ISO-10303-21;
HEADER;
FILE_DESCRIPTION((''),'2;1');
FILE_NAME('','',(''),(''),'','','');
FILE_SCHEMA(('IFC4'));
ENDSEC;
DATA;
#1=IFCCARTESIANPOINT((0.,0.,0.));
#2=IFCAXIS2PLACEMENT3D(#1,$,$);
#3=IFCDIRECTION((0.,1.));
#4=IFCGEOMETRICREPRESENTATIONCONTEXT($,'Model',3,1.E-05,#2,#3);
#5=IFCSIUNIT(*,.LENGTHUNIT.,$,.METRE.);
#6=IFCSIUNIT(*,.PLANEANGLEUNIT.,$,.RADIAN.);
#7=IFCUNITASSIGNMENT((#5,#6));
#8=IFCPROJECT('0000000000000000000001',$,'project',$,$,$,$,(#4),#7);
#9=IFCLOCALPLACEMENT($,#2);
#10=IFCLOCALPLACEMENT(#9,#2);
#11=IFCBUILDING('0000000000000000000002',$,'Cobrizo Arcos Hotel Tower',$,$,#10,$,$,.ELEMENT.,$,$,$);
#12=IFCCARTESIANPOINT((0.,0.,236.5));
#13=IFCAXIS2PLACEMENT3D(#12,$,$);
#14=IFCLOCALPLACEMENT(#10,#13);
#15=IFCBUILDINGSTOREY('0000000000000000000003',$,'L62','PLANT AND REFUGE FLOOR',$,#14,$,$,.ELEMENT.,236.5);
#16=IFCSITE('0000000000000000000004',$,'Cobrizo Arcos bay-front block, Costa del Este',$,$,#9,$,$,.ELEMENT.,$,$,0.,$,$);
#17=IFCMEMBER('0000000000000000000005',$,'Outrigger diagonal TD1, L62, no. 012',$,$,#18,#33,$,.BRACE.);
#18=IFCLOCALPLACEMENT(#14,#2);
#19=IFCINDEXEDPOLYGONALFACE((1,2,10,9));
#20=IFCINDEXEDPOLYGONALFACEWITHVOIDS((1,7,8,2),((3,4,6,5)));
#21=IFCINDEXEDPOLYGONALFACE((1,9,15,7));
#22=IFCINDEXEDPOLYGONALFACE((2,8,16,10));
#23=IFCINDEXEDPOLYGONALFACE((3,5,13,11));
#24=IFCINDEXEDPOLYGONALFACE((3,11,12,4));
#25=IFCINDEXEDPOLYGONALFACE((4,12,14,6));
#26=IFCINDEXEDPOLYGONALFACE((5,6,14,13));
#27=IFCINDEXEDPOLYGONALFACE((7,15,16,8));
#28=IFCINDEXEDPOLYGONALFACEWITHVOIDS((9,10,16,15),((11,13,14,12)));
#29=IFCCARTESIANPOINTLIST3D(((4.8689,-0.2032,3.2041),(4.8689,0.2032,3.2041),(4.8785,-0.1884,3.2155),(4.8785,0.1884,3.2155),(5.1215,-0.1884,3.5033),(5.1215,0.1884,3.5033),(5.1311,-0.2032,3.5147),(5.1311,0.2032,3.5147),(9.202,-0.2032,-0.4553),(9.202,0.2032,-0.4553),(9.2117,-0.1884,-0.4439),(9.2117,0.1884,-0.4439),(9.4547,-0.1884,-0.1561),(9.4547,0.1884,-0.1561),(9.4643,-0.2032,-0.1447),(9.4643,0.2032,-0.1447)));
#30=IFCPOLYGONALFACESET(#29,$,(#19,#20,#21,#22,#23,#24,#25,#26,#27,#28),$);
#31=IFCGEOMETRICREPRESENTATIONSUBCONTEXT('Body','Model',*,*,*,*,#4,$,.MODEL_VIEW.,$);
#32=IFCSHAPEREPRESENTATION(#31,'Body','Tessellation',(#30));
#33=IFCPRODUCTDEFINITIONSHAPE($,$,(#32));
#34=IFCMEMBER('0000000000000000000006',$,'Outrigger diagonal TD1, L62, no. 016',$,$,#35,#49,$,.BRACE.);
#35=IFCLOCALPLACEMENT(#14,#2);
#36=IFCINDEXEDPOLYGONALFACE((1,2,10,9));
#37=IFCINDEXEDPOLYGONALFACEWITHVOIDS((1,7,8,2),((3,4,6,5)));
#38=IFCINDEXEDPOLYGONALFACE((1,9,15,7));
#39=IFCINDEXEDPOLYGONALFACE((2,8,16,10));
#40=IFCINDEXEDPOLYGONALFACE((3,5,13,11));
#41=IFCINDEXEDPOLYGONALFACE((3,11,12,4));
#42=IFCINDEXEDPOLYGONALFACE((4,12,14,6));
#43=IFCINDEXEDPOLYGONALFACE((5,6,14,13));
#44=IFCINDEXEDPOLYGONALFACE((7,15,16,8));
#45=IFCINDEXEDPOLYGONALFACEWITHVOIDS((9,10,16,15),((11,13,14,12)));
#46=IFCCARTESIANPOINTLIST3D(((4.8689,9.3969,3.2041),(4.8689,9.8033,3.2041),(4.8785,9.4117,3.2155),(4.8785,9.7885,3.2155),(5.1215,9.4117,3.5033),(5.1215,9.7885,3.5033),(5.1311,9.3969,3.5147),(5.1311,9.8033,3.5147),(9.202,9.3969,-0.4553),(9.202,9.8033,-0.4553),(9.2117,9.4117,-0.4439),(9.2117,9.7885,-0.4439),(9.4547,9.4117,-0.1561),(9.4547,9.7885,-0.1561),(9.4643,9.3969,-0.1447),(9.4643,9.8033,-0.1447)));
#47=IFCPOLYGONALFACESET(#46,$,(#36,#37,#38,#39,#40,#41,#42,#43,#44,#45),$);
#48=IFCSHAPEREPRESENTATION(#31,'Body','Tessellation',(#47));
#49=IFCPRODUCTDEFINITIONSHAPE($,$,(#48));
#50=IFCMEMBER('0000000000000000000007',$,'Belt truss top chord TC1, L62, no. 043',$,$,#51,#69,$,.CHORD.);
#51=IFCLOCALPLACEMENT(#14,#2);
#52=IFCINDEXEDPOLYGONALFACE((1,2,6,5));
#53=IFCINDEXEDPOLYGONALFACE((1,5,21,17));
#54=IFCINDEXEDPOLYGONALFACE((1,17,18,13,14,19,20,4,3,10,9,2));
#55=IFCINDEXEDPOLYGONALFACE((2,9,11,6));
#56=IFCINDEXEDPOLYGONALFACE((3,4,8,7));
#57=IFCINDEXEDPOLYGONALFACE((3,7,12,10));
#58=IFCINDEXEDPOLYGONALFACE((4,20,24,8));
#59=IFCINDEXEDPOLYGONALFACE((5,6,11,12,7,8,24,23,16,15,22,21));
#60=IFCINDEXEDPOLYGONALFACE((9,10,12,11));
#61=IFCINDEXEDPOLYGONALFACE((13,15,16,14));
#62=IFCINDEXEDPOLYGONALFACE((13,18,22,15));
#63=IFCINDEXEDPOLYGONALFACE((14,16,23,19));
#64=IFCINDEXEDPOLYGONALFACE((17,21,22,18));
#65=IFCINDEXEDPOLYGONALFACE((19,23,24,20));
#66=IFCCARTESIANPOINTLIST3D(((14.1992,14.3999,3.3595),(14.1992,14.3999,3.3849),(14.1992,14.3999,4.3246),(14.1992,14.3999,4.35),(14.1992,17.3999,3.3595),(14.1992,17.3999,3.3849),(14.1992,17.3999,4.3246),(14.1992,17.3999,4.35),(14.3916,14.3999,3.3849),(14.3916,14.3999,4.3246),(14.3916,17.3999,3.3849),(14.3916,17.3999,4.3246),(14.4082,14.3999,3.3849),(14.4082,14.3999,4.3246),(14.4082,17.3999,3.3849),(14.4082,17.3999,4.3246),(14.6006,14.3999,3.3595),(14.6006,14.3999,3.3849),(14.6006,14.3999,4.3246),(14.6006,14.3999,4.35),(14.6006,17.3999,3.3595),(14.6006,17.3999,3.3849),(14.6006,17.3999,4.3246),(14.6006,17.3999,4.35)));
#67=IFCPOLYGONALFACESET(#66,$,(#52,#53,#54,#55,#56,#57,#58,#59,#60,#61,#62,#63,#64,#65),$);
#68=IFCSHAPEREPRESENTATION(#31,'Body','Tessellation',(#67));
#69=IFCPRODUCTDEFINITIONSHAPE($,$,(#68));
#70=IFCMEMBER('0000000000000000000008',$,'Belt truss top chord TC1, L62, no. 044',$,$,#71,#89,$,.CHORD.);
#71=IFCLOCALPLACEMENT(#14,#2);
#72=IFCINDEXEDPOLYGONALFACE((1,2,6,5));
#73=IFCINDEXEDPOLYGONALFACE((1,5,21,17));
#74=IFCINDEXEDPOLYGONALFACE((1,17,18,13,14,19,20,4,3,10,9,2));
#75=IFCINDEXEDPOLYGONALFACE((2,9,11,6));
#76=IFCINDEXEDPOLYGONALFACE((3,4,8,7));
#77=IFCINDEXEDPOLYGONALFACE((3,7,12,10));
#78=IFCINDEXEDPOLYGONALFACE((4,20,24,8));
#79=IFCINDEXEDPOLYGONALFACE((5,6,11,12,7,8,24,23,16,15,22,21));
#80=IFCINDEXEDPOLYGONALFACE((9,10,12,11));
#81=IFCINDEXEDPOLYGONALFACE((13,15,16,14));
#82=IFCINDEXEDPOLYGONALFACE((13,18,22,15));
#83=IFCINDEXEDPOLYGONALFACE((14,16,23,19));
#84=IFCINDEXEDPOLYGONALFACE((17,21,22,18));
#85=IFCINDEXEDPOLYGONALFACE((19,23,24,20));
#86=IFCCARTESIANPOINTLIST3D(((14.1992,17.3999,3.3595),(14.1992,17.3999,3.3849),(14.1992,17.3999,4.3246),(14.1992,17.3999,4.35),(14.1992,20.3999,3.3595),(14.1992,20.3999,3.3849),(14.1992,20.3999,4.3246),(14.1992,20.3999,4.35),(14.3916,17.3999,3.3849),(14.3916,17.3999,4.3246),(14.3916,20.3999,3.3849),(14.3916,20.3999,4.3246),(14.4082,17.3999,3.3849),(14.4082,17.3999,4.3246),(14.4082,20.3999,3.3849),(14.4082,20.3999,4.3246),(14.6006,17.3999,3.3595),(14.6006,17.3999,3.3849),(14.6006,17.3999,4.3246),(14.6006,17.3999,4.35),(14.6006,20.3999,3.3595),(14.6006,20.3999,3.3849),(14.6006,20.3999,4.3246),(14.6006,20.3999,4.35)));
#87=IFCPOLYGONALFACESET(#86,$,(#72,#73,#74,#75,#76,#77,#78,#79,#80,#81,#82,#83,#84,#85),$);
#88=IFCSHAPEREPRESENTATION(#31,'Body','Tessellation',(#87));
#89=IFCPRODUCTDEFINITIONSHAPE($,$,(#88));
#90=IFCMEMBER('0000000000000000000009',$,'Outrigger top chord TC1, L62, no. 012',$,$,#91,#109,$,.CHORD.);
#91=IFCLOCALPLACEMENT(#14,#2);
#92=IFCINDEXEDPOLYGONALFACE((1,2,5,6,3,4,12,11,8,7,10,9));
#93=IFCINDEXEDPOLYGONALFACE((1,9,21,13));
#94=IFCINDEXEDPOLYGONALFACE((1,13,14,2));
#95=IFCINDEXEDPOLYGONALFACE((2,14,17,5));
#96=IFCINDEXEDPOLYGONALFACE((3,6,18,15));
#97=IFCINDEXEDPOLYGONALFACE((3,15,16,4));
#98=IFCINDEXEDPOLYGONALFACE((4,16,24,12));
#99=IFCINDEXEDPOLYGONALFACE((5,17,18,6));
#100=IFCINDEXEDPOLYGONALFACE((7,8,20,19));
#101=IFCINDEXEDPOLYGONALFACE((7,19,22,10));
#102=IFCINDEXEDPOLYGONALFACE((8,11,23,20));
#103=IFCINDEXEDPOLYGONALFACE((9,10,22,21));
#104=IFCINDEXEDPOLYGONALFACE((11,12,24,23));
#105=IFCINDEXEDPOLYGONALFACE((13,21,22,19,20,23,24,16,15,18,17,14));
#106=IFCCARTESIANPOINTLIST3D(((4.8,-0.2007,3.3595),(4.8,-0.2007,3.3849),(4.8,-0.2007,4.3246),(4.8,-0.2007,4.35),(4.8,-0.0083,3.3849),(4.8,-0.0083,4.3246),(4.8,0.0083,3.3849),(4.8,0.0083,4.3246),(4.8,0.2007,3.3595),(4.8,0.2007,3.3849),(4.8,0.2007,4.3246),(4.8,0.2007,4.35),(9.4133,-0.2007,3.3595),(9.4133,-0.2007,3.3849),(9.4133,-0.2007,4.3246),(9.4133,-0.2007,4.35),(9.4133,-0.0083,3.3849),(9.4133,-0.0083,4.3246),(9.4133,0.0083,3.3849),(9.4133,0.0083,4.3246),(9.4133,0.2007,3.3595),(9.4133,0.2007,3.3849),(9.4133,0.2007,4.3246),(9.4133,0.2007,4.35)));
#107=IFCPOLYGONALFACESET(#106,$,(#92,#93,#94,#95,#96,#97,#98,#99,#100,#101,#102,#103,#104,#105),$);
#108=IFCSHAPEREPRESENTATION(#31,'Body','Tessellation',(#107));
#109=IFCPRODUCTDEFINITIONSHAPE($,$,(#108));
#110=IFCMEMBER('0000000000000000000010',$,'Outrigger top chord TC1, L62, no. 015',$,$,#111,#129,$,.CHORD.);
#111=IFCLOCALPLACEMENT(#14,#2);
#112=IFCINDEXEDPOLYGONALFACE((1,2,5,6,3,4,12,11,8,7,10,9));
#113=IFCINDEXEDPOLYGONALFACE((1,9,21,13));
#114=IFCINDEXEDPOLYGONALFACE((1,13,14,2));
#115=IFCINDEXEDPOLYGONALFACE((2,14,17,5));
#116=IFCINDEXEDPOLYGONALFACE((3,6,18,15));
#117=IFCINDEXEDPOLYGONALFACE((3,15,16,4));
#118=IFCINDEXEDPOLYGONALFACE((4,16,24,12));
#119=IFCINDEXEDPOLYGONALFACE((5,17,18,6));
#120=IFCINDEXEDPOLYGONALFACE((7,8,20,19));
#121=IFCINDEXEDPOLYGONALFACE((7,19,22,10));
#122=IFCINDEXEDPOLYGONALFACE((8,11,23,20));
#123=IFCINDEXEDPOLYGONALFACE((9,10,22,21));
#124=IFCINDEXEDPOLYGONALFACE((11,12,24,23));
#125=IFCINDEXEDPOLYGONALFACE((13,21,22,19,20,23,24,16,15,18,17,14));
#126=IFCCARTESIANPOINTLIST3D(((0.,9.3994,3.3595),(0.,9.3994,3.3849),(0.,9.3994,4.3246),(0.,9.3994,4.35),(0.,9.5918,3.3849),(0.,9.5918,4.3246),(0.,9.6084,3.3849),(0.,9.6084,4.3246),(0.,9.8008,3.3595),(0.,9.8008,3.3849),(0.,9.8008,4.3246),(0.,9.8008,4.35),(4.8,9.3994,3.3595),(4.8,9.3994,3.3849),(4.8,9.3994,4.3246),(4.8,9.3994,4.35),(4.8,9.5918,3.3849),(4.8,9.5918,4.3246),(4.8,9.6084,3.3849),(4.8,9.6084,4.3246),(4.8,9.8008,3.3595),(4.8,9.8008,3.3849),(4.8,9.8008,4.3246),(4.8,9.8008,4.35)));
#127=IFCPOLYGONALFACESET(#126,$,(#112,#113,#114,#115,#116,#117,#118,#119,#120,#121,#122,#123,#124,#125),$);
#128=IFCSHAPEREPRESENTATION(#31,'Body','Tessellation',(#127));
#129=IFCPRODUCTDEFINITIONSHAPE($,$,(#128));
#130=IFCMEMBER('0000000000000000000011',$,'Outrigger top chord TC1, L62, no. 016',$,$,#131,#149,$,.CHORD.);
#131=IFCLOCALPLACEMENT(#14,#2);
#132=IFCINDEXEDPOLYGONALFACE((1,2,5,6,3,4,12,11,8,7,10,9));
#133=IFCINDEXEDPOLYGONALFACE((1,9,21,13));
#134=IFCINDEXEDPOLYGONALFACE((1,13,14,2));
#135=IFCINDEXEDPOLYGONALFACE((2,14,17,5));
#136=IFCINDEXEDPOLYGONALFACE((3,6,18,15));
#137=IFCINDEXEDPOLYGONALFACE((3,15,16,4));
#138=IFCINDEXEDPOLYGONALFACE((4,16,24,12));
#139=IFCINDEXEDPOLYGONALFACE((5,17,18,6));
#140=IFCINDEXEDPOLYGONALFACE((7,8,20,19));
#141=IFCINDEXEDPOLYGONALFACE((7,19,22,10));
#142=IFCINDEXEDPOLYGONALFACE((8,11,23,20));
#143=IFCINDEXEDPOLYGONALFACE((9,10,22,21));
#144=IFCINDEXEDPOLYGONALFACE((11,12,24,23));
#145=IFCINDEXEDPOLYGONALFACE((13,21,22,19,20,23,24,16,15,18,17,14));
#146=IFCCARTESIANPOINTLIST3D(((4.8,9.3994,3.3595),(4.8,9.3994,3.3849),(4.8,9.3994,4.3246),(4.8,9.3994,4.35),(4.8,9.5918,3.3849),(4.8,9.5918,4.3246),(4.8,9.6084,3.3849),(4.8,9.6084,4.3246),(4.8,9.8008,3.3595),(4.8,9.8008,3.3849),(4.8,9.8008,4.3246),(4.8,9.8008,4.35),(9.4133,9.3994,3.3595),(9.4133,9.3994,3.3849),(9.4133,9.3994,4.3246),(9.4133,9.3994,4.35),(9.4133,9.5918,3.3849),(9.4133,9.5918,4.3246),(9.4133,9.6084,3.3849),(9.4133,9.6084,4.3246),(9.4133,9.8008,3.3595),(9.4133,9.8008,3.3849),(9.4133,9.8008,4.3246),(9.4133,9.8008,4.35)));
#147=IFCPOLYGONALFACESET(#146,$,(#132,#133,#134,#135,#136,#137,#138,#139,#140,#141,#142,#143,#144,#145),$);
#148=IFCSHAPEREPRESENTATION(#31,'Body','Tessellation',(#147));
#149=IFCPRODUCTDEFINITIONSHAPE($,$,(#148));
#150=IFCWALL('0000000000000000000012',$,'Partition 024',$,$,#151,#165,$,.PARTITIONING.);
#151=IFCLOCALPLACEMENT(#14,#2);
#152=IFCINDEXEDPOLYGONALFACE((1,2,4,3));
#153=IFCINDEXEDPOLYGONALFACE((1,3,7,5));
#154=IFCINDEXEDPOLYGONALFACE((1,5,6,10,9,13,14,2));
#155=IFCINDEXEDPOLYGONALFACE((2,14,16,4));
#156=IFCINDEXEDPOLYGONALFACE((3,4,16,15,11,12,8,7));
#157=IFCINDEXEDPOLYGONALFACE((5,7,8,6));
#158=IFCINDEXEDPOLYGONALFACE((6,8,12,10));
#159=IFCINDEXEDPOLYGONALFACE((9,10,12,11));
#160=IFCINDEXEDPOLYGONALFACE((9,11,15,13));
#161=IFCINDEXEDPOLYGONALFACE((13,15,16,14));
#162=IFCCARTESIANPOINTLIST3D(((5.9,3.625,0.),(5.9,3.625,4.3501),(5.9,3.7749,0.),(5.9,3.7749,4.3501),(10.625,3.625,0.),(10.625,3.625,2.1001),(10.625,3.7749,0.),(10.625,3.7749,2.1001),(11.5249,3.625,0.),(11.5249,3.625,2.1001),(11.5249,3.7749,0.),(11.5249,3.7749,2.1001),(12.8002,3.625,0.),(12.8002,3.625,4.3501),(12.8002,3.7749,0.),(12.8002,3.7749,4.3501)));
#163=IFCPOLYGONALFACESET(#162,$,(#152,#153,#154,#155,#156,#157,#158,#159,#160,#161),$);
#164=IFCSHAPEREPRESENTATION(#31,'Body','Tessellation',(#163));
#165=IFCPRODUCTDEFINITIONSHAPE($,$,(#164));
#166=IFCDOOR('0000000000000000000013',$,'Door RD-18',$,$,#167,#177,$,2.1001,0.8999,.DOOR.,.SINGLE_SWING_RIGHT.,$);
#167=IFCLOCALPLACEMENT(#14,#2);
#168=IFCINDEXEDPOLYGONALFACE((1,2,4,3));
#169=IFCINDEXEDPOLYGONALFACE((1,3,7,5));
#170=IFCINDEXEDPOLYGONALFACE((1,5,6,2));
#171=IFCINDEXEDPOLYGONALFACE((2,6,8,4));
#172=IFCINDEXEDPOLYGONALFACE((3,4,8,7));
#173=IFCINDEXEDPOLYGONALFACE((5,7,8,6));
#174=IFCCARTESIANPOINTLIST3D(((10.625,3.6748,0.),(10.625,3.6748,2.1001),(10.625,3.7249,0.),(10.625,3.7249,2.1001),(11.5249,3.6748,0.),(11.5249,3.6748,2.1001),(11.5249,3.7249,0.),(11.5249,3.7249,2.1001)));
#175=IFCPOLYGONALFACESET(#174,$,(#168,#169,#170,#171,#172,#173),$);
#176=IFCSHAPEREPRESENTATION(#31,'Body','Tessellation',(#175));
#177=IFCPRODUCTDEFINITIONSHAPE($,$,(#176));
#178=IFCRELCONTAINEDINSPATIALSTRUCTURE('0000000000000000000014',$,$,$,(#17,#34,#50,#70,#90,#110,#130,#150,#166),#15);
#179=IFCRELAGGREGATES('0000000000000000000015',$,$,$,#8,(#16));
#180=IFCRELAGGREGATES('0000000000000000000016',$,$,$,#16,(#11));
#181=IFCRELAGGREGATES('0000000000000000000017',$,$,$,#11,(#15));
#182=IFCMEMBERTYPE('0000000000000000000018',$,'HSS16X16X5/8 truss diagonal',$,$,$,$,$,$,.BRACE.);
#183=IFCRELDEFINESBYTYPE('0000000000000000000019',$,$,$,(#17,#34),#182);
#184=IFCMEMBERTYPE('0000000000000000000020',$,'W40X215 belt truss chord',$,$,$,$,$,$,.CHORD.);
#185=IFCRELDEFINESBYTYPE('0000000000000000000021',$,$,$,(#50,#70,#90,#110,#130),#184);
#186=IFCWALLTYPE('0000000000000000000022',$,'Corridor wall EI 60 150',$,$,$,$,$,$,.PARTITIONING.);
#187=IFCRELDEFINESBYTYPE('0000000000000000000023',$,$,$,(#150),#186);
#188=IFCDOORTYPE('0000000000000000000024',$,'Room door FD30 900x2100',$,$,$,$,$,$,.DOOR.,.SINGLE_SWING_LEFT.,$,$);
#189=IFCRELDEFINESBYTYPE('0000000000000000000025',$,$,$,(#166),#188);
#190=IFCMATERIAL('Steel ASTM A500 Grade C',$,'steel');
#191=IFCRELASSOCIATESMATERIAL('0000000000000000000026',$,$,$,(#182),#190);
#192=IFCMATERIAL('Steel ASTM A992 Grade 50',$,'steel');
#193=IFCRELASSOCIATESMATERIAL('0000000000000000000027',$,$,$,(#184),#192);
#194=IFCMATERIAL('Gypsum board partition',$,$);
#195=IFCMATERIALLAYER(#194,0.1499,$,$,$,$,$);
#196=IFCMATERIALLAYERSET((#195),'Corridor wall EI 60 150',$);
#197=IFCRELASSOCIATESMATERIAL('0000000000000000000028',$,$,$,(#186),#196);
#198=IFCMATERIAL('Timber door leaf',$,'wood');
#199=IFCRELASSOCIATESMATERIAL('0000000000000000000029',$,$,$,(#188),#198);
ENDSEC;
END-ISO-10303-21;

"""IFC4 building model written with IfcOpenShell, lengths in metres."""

from ifc_helpers import new_model, si_unit, direction, frame, frame_2d, origin, origin_2d, place, context, subcontext, project, spatial, rectangle, hollow_rectangle, i_section, extrude, material, layer, layer_set, material_profile, profile_set, type_object, element, fill, save


model = new_model("IFC4")

# Units and contexts
model_context = context("Model", 3, precision=1e-05, world=origin(), true_north=direction((0.0, 1.0)))
body_context = subcontext(model_context, "Body", "Model", "MODEL_VIEW")
ifc_project = project(units=[si_unit("LENGTHUNIT", "METRE"), si_unit("PLANEANGLEUNIT", "RADIAN")], contexts=[model_context])

# Site, building, storey
site_placement = place(None, origin())
site = spatial("IfcSite", under=ifc_project, at=site_placement, Name="Cobrizo Arcos bay-front block, Costa del Este", CompositionType="ELEMENT", RefElevation=0.0)
building_placement = place(site_placement, origin())
building = spatial("IfcBuilding", under=site, at=building_placement, Name="Cobrizo Arcos Hotel Tower", CompositionType="ELEMENT")
storey_placement = place(building_placement, frame((0.0, 0.0, 236.5)))
storey = spatial("IfcBuildingStorey", under=building, at=storey_placement, Name="L62", Description="PLANT AND REFUGE FLOOR", CompositionType="ELEMENT", Elevation=236.5)

# Members
ifc_material_1 = material(Name="Steel ASTM A500 Grade C", Category="steel")
ifc_material_profile_1 = material_profile(ifc_material_1, hollow_rectangle(XDim=0.4065, YDim=0.4065, WallThickness=0.0149, at=origin_2d()), Name="HSS16X16X5/8")
ifc_profile_set_1 = profile_set([ifc_material_profile_1], Name="Steel ASTM A500 Grade C")
member_type_1 = type_object("IfcMemberType", Name="HSS16X16X5/8 truss diagonal", PredefinedType="BRACE", material=ifc_profile_set_1)
for number, where, z_axis, x_axis, name in (
    (1, (5.0, 0.0, 3.3594), (0.76401, 0.0, -0.645205), (0.0, 1.0, 0.0), "Outrigger diagonal TD1, L62, no. 012"),
    (2, (5.0, 9.6001, 3.3594), (0.76401, 0.0, -0.645205), (0.0, 1.0, 0.0), "Outrigger diagonal TD1, L62, no. 016"),
):
    element("IfcMember", number, at=place(storey_placement, frame(where, z_axis=z_axis, x_axis=x_axis)), inside=storey, type_object=member_type_1, Name=name, PredefinedType="BRACE", context=body_context, shape_type="SweptSolid", body=[
        extrude(hollow_rectangle(XDim=0.4065, YDim=0.4065, WallThickness=0.0149, at=origin_2d()), origin(), (0.0, 0.0, 1.0), 5.6716),
    ])
ifc_material_2 = material(Name="Steel ASTM A992 Grade 50", Category="steel")
ifc_material_profile_2 = material_profile(ifc_material_2, i_section(OverallWidth=0.4014, OverallDepth=0.9905, WebThickness=0.0166, FlangeThickness=0.0254, at=origin_2d()), Name="W40X215")
ifc_profile_set_2 = profile_set([ifc_material_profile_2], Name="Steel ASTM A992 Grade 50")
member_type_2 = type_object("IfcMemberType", Name="W40X215 belt truss chord", PredefinedType="CHORD", material=ifc_profile_set_2)
for number, where, z_axis, x_axis, name in (
    (3, (14.3999, 14.3999, 3.8547), (0.0, 1.0, 0.0), (-1.0, 0.0, 0.0), "Belt truss top chord TC1, L62, no. 043"),
    (4, (14.3999, 17.3999, 3.8547), (0.0, 1.0, 0.0), (-1.0, 0.0, 0.0), "Belt truss top chord TC1, L62, no. 044"),
):
    element("IfcMember", number, at=place(storey_placement, frame(where, z_axis=z_axis, x_axis=x_axis)), inside=storey, type_object=member_type_2, Name=name, PredefinedType="CHORD", context=body_context, shape_type="SweptSolid", body=[
        extrude(i_section(OverallWidth=0.4014, OverallDepth=0.9905, WebThickness=0.0166, FlangeThickness=0.0254, at=origin_2d()), origin(), (0.0, 0.0, 1.0), 3.0),
    ])
member_1_placement = place(storey_placement, frame((4.8, 0.0, 3.8547), z_axis=(1.0, 0.0, 0.0), x_axis=(0.0, 1.0, 0.0)))
element("IfcMember", 5, at=member_1_placement, inside=storey, type_object=member_type_2, Name="Outrigger top chord TC1, L62, no. 012", PredefinedType="CHORD", context=body_context, shape_type="SweptSolid", body=[
    extrude(i_section(OverallWidth=0.4014, OverallDepth=0.9905, WebThickness=0.0166, FlangeThickness=0.0254, at=origin_2d()), origin(), (0.0, 0.0, 1.0), 4.6133),
])
member_2_placement = place(storey_placement, frame((0.0, 9.6001, 3.8547), z_axis=(1.0, 0.0, 0.0), x_axis=(0.0, 1.0, 0.0)))
element("IfcMember", 6, at=member_2_placement, inside=storey, type_object=member_type_2, Name="Outrigger top chord TC1, L62, no. 015", PredefinedType="CHORD", context=body_context, shape_type="SweptSolid", body=[
    extrude(i_section(OverallWidth=0.4014, OverallDepth=0.9905, WebThickness=0.0166, FlangeThickness=0.0254, at=origin_2d()), origin(), (0.0, 0.0, 1.0), 4.8),
])
member_3_placement = place(storey_placement, frame((4.8, 9.6001, 3.8547), z_axis=(1.0, 0.0, 0.0), x_axis=(0.0, 1.0, 0.0)))
element("IfcMember", 7, at=member_3_placement, inside=storey, type_object=member_type_2, Name="Outrigger top chord TC1, L62, no. 016", PredefinedType="CHORD", context=body_context, shape_type="SweptSolid", body=[
    extrude(i_section(OverallWidth=0.4014, OverallDepth=0.9905, WebThickness=0.0166, FlangeThickness=0.0254, at=origin_2d()), origin(), (0.0, 0.0, 1.0), 4.6133),
])

# Wall, opening, door
ifc_material_3 = material(Name="Gypsum board partition")
ifc_layer_1 = layer(ifc_material_3, 0.1499)
ifc_layer_set_1 = layer_set([ifc_layer_1], Name="Corridor wall EI 60 150")
wall_type_1 = type_object("IfcWallType", Name="Corridor wall EI 60 150", PredefinedType="PARTITIONING", material=ifc_layer_set_1)
wall_1_placement = place(storey_placement, frame((5.8999, 3.7, 0.0), z_axis=(0.0, 0.0, 1.0), x_axis=(1.0, 0.0, 0.0)))
wall_1 = element("IfcWall", 8, at=wall_1_placement, inside=storey, type_object=wall_type_1, Name="Partition 024", PredefinedType="PARTITIONING", context=body_context, shape_type="SweptSolid", body=[
    extrude(rectangle(XDim=6.9001, YDim=0.1499, at=frame_2d((3.4502, 0.0))), origin(), (0.0, 0.0, 1.0), 4.3501),
])
opening_1_placement = place(wall_1_placement, frame((4.7251, 0.0, 0.0)))
opening_1 = element("IfcOpeningElement", 9, at=opening_1_placement, cuts=wall_1, PredefinedType="OPENING", context=body_context, shape_type="SweptSolid", body=[
    extrude(rectangle(XDim=0.8999, YDim=2.1001, at=frame_2d((0.45, 1.05))), frame((0.0, 0.0869, 0.0), z_axis=(0.0, -1.0, 0.0), x_axis=(1.0, 0.0, 0.0)), (0.0, 0.0, 1.0), 0.1738),
])
ifc_material_4 = material(Name="Timber door leaf", Category="wood")
door_type_1 = type_object("IfcDoorType", Name="Room door FD30 900x2100", OperationType="SINGLE_SWING_LEFT", PredefinedType="DOOR", material=ifc_material_4)
door_1_placement = place(opening_1_placement, origin())
door_1 = element("IfcDoor", 10, at=door_1_placement, inside=storey, type_object=door_type_1, Name="Door RD-18", OperationType="SINGLE_SWING_RIGHT", OverallHeight=2.1001, OverallWidth=0.8999, PredefinedType="DOOR", context=body_context, shape_type="SweptSolid", body=[
    extrude(rectangle(XDim=0.8999, YDim=2.1001, at=frame_2d((0.45, 1.05))), frame((0.0, 0.0249, 0.0), z_axis=(0.0, -1.0, 0.0), x_axis=(1.0, 0.0, 0.0)), (0.0, 0.0, 1.0), 0.05),
])
fill(opening_1, door_1)

save(model, "model.ifc")
